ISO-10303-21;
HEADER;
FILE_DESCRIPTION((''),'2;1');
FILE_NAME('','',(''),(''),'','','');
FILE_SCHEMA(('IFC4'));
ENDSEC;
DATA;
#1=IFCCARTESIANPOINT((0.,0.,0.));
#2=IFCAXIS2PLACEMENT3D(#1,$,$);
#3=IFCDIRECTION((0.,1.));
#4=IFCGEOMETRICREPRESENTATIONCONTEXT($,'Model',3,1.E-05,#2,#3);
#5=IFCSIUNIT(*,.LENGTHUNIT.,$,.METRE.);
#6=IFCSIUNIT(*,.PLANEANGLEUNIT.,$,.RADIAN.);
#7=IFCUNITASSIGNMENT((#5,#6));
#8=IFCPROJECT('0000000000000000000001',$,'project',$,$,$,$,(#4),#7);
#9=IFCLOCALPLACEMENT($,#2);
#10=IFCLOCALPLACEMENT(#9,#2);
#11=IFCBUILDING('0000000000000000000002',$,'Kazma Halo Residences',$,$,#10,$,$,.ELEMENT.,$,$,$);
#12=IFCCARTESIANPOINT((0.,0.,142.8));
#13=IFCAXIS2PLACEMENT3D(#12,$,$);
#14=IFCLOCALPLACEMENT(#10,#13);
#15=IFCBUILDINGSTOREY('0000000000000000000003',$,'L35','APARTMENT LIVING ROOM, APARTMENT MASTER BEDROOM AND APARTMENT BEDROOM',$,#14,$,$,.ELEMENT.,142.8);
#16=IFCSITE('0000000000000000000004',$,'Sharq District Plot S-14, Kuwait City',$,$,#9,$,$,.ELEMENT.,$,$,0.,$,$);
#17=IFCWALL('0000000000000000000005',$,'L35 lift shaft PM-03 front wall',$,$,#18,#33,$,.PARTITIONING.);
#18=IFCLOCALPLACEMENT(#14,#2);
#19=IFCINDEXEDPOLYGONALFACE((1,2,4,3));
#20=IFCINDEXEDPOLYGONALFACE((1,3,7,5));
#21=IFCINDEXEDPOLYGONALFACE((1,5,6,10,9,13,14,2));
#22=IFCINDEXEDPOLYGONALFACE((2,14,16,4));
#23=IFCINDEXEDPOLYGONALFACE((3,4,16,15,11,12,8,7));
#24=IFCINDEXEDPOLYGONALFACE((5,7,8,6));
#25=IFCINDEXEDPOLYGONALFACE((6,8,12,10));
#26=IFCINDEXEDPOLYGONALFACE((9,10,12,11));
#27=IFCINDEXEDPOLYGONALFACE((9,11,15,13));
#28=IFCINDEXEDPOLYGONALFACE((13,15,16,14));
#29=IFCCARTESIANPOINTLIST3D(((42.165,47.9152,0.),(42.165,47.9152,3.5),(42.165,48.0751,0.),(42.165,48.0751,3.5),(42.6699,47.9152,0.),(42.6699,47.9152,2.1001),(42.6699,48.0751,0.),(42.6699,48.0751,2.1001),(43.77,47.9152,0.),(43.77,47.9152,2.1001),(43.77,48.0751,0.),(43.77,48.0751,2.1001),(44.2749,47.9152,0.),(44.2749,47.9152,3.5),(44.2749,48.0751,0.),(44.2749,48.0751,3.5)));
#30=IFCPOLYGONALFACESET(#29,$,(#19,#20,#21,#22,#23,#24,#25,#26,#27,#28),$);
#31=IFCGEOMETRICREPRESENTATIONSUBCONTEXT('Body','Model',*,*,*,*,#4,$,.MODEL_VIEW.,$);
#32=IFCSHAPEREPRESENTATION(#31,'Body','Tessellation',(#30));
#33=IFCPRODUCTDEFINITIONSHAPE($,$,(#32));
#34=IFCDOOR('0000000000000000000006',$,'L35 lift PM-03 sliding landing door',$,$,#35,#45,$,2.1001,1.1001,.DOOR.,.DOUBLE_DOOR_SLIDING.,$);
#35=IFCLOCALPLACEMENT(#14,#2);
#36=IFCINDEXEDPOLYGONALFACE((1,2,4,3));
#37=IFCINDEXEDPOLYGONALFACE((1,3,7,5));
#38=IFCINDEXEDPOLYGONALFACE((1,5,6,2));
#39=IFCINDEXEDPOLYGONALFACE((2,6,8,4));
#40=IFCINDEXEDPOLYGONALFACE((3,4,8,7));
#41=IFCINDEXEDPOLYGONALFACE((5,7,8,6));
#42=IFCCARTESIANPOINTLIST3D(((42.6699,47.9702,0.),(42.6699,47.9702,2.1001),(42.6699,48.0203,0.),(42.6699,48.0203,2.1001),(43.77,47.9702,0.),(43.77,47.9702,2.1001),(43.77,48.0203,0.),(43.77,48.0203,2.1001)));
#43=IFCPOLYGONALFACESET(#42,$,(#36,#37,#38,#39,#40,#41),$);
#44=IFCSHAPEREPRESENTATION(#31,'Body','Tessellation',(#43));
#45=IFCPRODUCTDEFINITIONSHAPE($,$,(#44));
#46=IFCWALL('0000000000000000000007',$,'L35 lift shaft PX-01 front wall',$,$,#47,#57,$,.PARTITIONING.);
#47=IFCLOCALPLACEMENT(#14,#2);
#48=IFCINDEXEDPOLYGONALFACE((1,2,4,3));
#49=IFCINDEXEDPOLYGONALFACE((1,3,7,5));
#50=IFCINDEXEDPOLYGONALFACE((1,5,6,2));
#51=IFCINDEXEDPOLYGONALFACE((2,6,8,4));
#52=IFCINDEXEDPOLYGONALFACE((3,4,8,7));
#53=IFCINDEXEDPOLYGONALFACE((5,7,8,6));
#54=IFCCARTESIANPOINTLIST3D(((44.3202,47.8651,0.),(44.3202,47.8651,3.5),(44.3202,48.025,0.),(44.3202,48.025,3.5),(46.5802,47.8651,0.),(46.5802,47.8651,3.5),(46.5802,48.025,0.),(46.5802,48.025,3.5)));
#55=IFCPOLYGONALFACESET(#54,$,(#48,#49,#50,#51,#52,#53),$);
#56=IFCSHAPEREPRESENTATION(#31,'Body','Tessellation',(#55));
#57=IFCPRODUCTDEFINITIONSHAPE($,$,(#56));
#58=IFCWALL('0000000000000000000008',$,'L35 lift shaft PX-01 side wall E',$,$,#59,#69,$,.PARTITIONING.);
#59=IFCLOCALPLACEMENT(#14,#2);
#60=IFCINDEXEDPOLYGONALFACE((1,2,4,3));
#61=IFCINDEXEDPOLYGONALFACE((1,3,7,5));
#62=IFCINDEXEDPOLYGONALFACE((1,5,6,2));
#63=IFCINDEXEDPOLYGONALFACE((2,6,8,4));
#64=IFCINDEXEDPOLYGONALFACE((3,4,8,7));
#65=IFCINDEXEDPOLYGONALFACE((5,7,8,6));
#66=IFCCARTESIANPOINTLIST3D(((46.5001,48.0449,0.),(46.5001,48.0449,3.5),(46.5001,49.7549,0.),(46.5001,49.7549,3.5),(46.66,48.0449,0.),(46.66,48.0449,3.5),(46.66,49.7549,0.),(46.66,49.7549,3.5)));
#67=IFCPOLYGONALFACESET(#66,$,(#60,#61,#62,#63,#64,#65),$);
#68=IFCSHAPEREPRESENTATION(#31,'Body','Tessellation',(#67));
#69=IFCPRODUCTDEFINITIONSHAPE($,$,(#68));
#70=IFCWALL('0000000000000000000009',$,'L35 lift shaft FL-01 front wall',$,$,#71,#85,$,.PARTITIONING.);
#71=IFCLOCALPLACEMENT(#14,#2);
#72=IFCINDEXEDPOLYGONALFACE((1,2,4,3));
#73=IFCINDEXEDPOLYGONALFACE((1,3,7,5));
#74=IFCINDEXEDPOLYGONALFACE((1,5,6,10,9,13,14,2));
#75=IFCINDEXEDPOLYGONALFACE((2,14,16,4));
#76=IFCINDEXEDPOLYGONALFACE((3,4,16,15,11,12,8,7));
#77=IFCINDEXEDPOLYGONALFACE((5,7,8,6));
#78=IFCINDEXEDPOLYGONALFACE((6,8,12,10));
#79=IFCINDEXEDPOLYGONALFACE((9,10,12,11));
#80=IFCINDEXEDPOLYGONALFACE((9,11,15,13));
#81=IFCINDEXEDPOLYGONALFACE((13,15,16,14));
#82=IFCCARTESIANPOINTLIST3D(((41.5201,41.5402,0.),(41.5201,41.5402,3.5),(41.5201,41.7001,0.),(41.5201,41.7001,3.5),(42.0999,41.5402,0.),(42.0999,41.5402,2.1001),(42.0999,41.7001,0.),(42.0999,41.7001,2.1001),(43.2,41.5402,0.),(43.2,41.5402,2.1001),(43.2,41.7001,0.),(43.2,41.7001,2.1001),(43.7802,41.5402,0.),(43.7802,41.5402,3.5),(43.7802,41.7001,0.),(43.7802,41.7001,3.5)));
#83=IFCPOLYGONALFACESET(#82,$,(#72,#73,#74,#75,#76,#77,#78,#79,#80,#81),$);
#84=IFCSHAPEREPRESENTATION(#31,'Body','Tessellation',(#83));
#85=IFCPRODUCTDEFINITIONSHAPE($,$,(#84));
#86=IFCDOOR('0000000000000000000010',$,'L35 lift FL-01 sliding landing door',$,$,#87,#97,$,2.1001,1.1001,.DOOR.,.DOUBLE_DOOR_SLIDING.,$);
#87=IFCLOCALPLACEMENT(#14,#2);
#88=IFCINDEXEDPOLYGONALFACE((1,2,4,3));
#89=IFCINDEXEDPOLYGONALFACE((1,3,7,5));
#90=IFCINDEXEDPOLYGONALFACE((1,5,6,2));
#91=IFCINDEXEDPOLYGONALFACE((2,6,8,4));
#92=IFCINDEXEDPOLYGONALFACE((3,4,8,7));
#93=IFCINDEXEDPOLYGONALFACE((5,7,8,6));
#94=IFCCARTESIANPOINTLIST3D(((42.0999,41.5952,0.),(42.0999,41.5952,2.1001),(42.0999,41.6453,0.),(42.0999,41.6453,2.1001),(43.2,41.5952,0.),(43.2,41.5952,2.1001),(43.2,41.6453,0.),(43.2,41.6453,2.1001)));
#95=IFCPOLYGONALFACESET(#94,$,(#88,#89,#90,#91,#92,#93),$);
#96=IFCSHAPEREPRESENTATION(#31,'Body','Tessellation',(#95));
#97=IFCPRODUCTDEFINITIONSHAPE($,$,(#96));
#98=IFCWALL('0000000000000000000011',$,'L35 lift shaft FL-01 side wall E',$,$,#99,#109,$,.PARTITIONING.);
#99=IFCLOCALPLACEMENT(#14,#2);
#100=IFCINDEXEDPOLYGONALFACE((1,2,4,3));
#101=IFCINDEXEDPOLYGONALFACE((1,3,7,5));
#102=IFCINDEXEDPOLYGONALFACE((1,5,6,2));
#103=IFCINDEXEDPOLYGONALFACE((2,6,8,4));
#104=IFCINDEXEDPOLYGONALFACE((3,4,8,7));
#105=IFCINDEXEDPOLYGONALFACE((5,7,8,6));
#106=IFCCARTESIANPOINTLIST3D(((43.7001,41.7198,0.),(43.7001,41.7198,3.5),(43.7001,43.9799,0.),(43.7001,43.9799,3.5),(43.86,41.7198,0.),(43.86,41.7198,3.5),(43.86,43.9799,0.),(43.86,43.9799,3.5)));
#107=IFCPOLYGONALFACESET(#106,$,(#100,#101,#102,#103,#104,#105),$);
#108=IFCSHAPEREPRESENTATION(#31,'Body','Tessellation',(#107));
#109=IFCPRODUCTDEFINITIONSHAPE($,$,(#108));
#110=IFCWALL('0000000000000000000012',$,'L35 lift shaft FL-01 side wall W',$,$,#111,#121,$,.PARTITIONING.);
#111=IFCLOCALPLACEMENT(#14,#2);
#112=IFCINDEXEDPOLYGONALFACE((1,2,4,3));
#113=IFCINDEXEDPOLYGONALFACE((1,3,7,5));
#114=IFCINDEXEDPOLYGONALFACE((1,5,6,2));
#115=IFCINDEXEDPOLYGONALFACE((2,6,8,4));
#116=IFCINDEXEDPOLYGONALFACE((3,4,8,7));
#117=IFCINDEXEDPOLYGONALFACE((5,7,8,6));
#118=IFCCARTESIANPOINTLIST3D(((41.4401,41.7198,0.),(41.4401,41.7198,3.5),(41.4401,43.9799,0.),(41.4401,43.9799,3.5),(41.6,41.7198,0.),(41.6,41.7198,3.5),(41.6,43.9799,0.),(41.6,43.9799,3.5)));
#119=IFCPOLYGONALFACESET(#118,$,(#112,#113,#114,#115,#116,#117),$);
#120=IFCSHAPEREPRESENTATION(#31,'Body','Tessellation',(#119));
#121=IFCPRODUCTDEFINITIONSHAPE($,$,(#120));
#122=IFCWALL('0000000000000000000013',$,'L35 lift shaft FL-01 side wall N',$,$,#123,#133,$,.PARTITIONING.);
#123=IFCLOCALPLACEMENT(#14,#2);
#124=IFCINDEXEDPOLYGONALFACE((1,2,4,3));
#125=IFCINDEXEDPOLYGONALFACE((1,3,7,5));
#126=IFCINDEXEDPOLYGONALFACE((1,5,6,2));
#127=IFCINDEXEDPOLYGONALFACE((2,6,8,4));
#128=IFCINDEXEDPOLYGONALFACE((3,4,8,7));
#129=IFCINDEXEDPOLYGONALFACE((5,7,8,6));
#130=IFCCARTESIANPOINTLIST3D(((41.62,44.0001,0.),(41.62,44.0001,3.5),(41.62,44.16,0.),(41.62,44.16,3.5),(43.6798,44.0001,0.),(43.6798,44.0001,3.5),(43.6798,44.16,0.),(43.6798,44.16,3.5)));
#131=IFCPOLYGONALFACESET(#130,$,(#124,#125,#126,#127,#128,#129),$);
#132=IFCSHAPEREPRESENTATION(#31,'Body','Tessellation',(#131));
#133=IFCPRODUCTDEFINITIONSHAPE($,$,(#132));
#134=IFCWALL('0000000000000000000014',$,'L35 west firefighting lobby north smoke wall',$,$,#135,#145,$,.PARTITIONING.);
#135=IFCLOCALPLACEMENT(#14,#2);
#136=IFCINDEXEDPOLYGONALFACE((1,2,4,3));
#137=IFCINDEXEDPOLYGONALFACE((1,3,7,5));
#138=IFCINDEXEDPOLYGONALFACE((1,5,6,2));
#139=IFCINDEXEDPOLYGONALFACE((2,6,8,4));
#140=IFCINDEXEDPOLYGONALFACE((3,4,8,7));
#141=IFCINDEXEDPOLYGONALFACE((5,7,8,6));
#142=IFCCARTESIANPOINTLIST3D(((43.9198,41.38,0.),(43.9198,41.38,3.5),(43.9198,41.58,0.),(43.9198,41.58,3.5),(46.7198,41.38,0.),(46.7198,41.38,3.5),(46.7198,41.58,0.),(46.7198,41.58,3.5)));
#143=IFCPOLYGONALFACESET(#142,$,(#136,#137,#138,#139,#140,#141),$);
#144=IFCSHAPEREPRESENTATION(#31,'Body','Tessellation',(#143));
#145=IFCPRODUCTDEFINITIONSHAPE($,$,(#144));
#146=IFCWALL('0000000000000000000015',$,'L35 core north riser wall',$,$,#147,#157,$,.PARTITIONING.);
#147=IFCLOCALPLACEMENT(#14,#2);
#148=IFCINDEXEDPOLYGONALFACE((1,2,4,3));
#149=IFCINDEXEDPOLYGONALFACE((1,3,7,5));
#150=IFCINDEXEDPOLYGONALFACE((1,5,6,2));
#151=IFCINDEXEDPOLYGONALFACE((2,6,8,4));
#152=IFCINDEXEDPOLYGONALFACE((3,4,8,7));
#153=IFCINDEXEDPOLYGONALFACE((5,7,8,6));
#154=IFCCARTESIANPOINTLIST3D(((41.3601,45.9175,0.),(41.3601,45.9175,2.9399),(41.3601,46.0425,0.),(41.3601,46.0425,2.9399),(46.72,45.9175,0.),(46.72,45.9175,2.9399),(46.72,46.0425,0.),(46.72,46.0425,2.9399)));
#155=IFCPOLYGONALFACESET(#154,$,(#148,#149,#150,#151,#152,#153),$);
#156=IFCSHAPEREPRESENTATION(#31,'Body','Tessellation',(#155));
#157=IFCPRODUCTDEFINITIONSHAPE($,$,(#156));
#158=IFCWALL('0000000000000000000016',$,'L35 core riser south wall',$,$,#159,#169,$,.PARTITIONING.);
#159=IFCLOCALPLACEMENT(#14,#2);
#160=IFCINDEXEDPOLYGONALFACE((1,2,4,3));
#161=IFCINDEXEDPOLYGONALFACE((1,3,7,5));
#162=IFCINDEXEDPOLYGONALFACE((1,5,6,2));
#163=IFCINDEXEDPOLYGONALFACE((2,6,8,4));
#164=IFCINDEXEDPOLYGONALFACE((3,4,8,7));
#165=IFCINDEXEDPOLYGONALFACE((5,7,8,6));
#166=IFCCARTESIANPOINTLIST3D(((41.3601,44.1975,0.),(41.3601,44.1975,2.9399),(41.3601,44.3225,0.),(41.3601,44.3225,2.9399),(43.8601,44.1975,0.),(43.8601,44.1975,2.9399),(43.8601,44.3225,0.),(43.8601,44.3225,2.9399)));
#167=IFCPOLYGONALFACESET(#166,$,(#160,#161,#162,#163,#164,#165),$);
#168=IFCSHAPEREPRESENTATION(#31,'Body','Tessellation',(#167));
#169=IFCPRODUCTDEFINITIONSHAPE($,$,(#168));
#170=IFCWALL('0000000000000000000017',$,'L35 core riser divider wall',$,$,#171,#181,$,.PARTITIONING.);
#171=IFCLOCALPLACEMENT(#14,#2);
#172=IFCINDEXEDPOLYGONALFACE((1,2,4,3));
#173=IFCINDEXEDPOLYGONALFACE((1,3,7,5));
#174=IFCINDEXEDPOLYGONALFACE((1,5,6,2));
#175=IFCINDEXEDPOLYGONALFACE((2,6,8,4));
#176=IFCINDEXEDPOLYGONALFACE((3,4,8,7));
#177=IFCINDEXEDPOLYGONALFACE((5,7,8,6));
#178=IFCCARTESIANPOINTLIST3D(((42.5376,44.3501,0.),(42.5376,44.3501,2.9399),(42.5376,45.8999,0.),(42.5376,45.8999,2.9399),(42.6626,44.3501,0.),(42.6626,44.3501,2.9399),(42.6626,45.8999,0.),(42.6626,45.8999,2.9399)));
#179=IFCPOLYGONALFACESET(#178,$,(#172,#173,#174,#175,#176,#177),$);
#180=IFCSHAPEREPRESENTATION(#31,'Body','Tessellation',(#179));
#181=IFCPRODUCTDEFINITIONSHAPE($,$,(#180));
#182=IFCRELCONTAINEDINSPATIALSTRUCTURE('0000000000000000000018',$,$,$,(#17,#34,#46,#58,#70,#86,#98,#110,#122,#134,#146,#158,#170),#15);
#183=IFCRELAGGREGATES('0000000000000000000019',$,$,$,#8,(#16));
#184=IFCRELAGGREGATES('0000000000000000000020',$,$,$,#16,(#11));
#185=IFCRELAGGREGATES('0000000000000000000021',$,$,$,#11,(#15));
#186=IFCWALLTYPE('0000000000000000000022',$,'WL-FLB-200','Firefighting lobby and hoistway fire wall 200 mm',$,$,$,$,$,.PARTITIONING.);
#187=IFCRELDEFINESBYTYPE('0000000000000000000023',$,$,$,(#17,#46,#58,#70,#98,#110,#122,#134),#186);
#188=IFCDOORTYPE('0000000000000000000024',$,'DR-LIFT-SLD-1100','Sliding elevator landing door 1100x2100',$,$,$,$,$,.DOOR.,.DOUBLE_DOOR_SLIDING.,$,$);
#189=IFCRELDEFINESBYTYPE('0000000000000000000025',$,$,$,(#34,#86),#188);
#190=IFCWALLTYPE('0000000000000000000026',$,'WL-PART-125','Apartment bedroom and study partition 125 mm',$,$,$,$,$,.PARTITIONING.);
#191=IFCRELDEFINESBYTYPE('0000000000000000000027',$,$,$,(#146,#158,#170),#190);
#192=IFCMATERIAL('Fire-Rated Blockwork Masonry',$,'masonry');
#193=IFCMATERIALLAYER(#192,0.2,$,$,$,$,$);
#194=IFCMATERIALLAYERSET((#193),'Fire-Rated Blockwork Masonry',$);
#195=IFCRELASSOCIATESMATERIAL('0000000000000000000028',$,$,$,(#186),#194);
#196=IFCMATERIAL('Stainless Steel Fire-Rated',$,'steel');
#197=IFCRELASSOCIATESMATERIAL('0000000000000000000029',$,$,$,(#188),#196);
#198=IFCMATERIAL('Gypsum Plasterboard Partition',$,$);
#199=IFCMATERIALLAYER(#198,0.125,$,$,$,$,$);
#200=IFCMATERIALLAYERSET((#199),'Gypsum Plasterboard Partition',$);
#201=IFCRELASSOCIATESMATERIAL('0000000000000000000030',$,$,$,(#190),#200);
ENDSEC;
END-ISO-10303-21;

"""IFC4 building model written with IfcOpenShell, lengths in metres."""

from ifc_helpers import new_model, si_unit, direction, frame, frame_2d, origin, place, context, subcontext, project, spatial, rectangle, extrude, material, layer, layer_set, type_object, element, fill, save


model = new_model("IFC4")

# Units and contexts
model_context = context("Model", 3, precision=1e-05, world=origin(), true_north=direction((0.0, 1.0)))
body_context = subcontext(model_context, "Body", "Model", "MODEL_VIEW")
ifc_project = project(units=[si_unit("LENGTHUNIT", "METRE"), si_unit("PLANEANGLEUNIT", "RADIAN")], contexts=[model_context])

# Site, building, storey
site_placement = place(None, origin())
site = spatial("IfcSite", under=ifc_project, at=site_placement, Name="Sharq District Plot S-14, Kuwait City", CompositionType="ELEMENT", RefElevation=0.0)
building_placement = place(site_placement, origin())
building = spatial("IfcBuilding", under=site, at=building_placement, Name="Kazma Halo Residences", CompositionType="ELEMENT")
storey_placement = place(building_placement, frame((0.0, 0.0, 142.8)))
storey = spatial("IfcBuildingStorey", under=building, at=storey_placement, Name="L35", Description="APARTMENT LIVING ROOM, APARTMENT MASTER BEDROOM AND APARTMENT BEDROOM", CompositionType="ELEMENT", Elevation=142.8)

# Wall, opening, door
ifc_material_1 = material(Name="Fire-Rated Blockwork Masonry", Category="masonry")
ifc_layer_1 = layer(ifc_material_1, 0.2)
ifc_layer_set_1 = layer_set([ifc_layer_1], Name="Fire-Rated Blockwork Masonry")
wall_type_1 = type_object("IfcWallType", Name="WL-FLB-200", Description="Firefighting lobby and hoistway fire wall 200 mm", PredefinedType="PARTITIONING", material=ifc_layer_set_1)
ifc_material_2 = material(Name="Stainless Steel Fire-Rated", Category="steel")
door_type = type_object("IfcDoorType", Name="DR-LIFT-SLD-1100", Description="Sliding elevator landing door 1100x2100", OperationType="DOUBLE_DOOR_SLIDING", PredefinedType="DOOR", material=ifc_material_2)
wall_1_placement = place(storey_placement, frame((44.2749, 47.9951, 0.0), z_axis=(0.0, 0.0, 1.0), x_axis=(-1.0, 0.0, 0.0)))
wall_1 = element("IfcWall", 1, at=wall_1_placement, inside=storey, type_object=wall_type_1, Name="L35 lift shaft PM-03 front wall", PredefinedType="PARTITIONING", context=body_context, shape_type="SweptSolid", body=[
    extrude(rectangle(XDim=2.1099, YDim=0.1599, at=frame_2d((1.0549, 0.0))), origin(), (0.0, 0.0, 1.0), 3.5),
])
opening_1_placement = place(wall_1_placement, frame((0.5049, 0.0, 0.0)))
opening_1 = element("IfcOpeningElement", 2, at=opening_1_placement, cuts=wall_1, PredefinedType="OPENING", context=body_context, shape_type="SweptSolid", body=[
    extrude(rectangle(XDim=1.1001, YDim=2.1001, at=frame_2d((0.55, 1.05))), frame((0.0, 0.0898, 0.0), z_axis=(0.0, -1.0, 0.0), x_axis=(1.0, 0.0, 0.0)), (0.0, 0.0, 1.0), 0.1799),
])
door_1_placement = place(opening_1_placement, origin())
door_1 = element("IfcDoor", 3, at=door_1_placement, inside=storey, type_object=door_type, Name="L35 lift PM-03 sliding landing door", OperationType="DOUBLE_DOOR_SLIDING", OverallHeight=2.1001, OverallWidth=1.1001, PredefinedType="DOOR", context=body_context, shape_type="SweptSolid", body=[
    extrude(rectangle(XDim=1.1001, YDim=2.1001, at=frame_2d((0.55, 1.05))), frame((0.0, 0.0249, 0.0), z_axis=(0.0, -1.0, 0.0), x_axis=(1.0, 0.0, 0.0)), (0.0, 0.0, 1.0), 0.05),
])
fill(opening_1, door_1)

# Walls
wall_2_placement = place(storey_placement, frame((46.5801, 47.9451, 0.0), z_axis=(0.0, 0.0, 1.0), x_axis=(-1.0, 0.0, 0.0)))
element("IfcWall", 4, at=wall_2_placement, inside=storey, type_object=wall_type_1, Name="L35 lift shaft PX-01 front wall", PredefinedType="PARTITIONING", context=body_context, shape_type="SweptSolid", body=[
    extrude(rectangle(XDim=2.26, YDim=0.1599, at=frame_2d((1.1299, 0.0))), origin(), (0.0, 0.0, 1.0), 3.5),
])
wall_3_placement = place(storey_placement, frame((46.5801, 48.0449, 0.0), z_axis=(0.0, 0.0, 1.0), x_axis=(0.0, 1.0, 0.0)))
element("IfcWall", 5, at=wall_3_placement, inside=storey, type_object=wall_type_1, Name="L35 lift shaft PX-01 side wall E", PredefinedType="PARTITIONING", context=body_context, shape_type="SweptSolid", body=[
    extrude(rectangle(XDim=1.71, YDim=0.1599, at=frame_2d((0.855, 0.0))), origin(), (0.0, 0.0, 1.0), 3.5),
])

# Wall, opening, door
wall_4_placement = place(storey_placement, frame((43.78, 41.6201, 0.0), z_axis=(0.0, 0.0, 1.0), x_axis=(-1.0, 0.0, 0.0)))
wall_4 = element("IfcWall", 6, at=wall_4_placement, inside=storey, type_object=wall_type_1, Name="L35 lift shaft FL-01 front wall", PredefinedType="PARTITIONING", context=body_context, shape_type="SweptSolid", body=[
    extrude(rectangle(XDim=2.26, YDim=0.1599, at=frame_2d((1.1299, 0.0))), origin(), (0.0, 0.0, 1.0), 3.5),
])
opening_2_placement = place(wall_4_placement, frame((0.5801, 0.0, 0.0)))
opening_2 = element("IfcOpeningElement", 7, at=opening_2_placement, cuts=wall_4, PredefinedType="OPENING", context=body_context, shape_type="SweptSolid", body=[
    extrude(rectangle(XDim=1.1001, YDim=2.1001, at=frame_2d((0.55, 1.05))), frame((0.0, 0.0898, 0.0), z_axis=(0.0, -1.0, 0.0), x_axis=(1.0, 0.0, 0.0)), (0.0, 0.0, 1.0), 0.1799),
])
door_2_placement = place(opening_2_placement, origin())
door_2 = element("IfcDoor", 8, at=door_2_placement, inside=storey, type_object=door_type, Name="L35 lift FL-01 sliding landing door", OperationType="DOUBLE_DOOR_SLIDING", OverallHeight=2.1001, OverallWidth=1.1001, PredefinedType="DOOR", context=body_context, shape_type="SweptSolid", body=[
    extrude(rectangle(XDim=1.1001, YDim=2.1001, at=frame_2d((0.55, 1.05))), frame((0.0, 0.0249, 0.0), z_axis=(0.0, -1.0, 0.0), x_axis=(1.0, 0.0, 0.0)), (0.0, 0.0, 1.0), 0.05),
])
fill(opening_2, door_2)

# Walls
for number, where, z_axis, x_axis, name in (
    (9, (43.78, 41.72, 0.0), (0.0, 0.0, 1.0), (0.0, 1.0, 0.0), "L35 lift shaft FL-01 side wall E"),
    (10, (41.52, 41.72, 0.0), (0.0, 0.0, 1.0), (0.0, 1.0, 0.0), "L35 lift shaft FL-01 side wall W"),
):
    element("IfcWall", number, at=place(storey_placement, frame(where, z_axis=z_axis, x_axis=x_axis)), inside=storey, type_object=wall_type_1, Name=name, PredefinedType="PARTITIONING", context=body_context, shape_type="SweptSolid", body=[
        extrude(rectangle(XDim=2.26, YDim=0.1599, at=frame_2d((1.1299, 0.0))), origin(), (0.0, 0.0, 1.0), 3.5),
    ])
wall_5_placement = place(storey_placement, frame((41.6201, 44.0801, 0.0), z_axis=(0.0, 0.0, 1.0), x_axis=(1.0, 0.0, 0.0)))
element("IfcWall", 11, at=wall_5_placement, inside=storey, type_object=wall_type_1, Name="L35 lift shaft FL-01 side wall N", PredefinedType="PARTITIONING", context=body_context, shape_type="SweptSolid", body=[
    extrude(rectangle(XDim=2.0598, YDim=0.1599, at=frame_2d((1.0298, 0.0))), origin(), (0.0, 0.0, 1.0), 3.5),
])
wall_6_placement = place(storey_placement, frame((43.9199, 41.48, 0.0), z_axis=(0.0, 0.0, 1.0), x_axis=(1.0, 0.0, 0.0)))
element("IfcWall", 12, at=wall_6_placement, inside=storey, type_object=wall_type_1, Name="L35 west firefighting lobby north smoke wall", PredefinedType="PARTITIONING", context=body_context, shape_type="SweptSolid", body=[
    extrude(rectangle(XDim=2.8, YDim=0.2, at=frame_2d((1.3999, 0.0))), origin(), (0.0, 0.0, 1.0), 3.5),
])
ifc_material_3 = material(Name="Gypsum Plasterboard Partition")
ifc_layer_2 = layer(ifc_material_3, 0.125)
ifc_layer_set_2 = layer_set([ifc_layer_2], Name="Gypsum Plasterboard Partition")
wall_type_2 = type_object("IfcWallType", Name="WL-PART-125", Description="Apartment bedroom and study partition 125 mm", PredefinedType="PARTITIONING", material=ifc_layer_set_2)
wall_7_placement = place(storey_placement, frame((41.3601, 45.98, 0.0), z_axis=(0.0, 0.0, 1.0), x_axis=(1.0, 0.0, 0.0)))
element("IfcWall", 13, at=wall_7_placement, inside=storey, type_object=wall_type_2, Name="L35 core north riser wall", PredefinedType="PARTITIONING", context=body_context, shape_type="SweptSolid", body=[
    extrude(rectangle(XDim=5.3599, YDim=0.125, at=frame_2d((2.6799, 0.0))), origin(), (0.0, 0.0, 1.0), 2.9399),
])
wall_8_placement = place(storey_placement, frame((41.3601, 44.26, 0.0), z_axis=(0.0, 0.0, 1.0), x_axis=(1.0, 0.0, 0.0)))
element("IfcWall", 14, at=wall_8_placement, inside=storey, type_object=wall_type_2, Name="L35 core riser south wall", PredefinedType="PARTITIONING", context=body_context, shape_type="SweptSolid", body=[
    extrude(rectangle(XDim=2.5, YDim=0.125, at=frame_2d((1.25, 0.0))), origin(), (0.0, 0.0, 1.0), 2.9399),
])
wall_9_placement = place(storey_placement, frame((42.6001, 44.3501, 0.0), z_axis=(0.0, 0.0, 1.0), x_axis=(0.0, 1.0, 0.0)))
element("IfcWall", 15, at=wall_9_placement, inside=storey, type_object=wall_type_2, Name="L35 core riser divider wall", PredefinedType="PARTITIONING", context=body_context, shape_type="SweptSolid", body=[
    extrude(rectangle(XDim=1.5498, YDim=0.125, at=frame_2d((0.7749, 0.0))), origin(), (0.0, 0.0, 1.0), 2.9399),
])

save(model, "model.ifc")
